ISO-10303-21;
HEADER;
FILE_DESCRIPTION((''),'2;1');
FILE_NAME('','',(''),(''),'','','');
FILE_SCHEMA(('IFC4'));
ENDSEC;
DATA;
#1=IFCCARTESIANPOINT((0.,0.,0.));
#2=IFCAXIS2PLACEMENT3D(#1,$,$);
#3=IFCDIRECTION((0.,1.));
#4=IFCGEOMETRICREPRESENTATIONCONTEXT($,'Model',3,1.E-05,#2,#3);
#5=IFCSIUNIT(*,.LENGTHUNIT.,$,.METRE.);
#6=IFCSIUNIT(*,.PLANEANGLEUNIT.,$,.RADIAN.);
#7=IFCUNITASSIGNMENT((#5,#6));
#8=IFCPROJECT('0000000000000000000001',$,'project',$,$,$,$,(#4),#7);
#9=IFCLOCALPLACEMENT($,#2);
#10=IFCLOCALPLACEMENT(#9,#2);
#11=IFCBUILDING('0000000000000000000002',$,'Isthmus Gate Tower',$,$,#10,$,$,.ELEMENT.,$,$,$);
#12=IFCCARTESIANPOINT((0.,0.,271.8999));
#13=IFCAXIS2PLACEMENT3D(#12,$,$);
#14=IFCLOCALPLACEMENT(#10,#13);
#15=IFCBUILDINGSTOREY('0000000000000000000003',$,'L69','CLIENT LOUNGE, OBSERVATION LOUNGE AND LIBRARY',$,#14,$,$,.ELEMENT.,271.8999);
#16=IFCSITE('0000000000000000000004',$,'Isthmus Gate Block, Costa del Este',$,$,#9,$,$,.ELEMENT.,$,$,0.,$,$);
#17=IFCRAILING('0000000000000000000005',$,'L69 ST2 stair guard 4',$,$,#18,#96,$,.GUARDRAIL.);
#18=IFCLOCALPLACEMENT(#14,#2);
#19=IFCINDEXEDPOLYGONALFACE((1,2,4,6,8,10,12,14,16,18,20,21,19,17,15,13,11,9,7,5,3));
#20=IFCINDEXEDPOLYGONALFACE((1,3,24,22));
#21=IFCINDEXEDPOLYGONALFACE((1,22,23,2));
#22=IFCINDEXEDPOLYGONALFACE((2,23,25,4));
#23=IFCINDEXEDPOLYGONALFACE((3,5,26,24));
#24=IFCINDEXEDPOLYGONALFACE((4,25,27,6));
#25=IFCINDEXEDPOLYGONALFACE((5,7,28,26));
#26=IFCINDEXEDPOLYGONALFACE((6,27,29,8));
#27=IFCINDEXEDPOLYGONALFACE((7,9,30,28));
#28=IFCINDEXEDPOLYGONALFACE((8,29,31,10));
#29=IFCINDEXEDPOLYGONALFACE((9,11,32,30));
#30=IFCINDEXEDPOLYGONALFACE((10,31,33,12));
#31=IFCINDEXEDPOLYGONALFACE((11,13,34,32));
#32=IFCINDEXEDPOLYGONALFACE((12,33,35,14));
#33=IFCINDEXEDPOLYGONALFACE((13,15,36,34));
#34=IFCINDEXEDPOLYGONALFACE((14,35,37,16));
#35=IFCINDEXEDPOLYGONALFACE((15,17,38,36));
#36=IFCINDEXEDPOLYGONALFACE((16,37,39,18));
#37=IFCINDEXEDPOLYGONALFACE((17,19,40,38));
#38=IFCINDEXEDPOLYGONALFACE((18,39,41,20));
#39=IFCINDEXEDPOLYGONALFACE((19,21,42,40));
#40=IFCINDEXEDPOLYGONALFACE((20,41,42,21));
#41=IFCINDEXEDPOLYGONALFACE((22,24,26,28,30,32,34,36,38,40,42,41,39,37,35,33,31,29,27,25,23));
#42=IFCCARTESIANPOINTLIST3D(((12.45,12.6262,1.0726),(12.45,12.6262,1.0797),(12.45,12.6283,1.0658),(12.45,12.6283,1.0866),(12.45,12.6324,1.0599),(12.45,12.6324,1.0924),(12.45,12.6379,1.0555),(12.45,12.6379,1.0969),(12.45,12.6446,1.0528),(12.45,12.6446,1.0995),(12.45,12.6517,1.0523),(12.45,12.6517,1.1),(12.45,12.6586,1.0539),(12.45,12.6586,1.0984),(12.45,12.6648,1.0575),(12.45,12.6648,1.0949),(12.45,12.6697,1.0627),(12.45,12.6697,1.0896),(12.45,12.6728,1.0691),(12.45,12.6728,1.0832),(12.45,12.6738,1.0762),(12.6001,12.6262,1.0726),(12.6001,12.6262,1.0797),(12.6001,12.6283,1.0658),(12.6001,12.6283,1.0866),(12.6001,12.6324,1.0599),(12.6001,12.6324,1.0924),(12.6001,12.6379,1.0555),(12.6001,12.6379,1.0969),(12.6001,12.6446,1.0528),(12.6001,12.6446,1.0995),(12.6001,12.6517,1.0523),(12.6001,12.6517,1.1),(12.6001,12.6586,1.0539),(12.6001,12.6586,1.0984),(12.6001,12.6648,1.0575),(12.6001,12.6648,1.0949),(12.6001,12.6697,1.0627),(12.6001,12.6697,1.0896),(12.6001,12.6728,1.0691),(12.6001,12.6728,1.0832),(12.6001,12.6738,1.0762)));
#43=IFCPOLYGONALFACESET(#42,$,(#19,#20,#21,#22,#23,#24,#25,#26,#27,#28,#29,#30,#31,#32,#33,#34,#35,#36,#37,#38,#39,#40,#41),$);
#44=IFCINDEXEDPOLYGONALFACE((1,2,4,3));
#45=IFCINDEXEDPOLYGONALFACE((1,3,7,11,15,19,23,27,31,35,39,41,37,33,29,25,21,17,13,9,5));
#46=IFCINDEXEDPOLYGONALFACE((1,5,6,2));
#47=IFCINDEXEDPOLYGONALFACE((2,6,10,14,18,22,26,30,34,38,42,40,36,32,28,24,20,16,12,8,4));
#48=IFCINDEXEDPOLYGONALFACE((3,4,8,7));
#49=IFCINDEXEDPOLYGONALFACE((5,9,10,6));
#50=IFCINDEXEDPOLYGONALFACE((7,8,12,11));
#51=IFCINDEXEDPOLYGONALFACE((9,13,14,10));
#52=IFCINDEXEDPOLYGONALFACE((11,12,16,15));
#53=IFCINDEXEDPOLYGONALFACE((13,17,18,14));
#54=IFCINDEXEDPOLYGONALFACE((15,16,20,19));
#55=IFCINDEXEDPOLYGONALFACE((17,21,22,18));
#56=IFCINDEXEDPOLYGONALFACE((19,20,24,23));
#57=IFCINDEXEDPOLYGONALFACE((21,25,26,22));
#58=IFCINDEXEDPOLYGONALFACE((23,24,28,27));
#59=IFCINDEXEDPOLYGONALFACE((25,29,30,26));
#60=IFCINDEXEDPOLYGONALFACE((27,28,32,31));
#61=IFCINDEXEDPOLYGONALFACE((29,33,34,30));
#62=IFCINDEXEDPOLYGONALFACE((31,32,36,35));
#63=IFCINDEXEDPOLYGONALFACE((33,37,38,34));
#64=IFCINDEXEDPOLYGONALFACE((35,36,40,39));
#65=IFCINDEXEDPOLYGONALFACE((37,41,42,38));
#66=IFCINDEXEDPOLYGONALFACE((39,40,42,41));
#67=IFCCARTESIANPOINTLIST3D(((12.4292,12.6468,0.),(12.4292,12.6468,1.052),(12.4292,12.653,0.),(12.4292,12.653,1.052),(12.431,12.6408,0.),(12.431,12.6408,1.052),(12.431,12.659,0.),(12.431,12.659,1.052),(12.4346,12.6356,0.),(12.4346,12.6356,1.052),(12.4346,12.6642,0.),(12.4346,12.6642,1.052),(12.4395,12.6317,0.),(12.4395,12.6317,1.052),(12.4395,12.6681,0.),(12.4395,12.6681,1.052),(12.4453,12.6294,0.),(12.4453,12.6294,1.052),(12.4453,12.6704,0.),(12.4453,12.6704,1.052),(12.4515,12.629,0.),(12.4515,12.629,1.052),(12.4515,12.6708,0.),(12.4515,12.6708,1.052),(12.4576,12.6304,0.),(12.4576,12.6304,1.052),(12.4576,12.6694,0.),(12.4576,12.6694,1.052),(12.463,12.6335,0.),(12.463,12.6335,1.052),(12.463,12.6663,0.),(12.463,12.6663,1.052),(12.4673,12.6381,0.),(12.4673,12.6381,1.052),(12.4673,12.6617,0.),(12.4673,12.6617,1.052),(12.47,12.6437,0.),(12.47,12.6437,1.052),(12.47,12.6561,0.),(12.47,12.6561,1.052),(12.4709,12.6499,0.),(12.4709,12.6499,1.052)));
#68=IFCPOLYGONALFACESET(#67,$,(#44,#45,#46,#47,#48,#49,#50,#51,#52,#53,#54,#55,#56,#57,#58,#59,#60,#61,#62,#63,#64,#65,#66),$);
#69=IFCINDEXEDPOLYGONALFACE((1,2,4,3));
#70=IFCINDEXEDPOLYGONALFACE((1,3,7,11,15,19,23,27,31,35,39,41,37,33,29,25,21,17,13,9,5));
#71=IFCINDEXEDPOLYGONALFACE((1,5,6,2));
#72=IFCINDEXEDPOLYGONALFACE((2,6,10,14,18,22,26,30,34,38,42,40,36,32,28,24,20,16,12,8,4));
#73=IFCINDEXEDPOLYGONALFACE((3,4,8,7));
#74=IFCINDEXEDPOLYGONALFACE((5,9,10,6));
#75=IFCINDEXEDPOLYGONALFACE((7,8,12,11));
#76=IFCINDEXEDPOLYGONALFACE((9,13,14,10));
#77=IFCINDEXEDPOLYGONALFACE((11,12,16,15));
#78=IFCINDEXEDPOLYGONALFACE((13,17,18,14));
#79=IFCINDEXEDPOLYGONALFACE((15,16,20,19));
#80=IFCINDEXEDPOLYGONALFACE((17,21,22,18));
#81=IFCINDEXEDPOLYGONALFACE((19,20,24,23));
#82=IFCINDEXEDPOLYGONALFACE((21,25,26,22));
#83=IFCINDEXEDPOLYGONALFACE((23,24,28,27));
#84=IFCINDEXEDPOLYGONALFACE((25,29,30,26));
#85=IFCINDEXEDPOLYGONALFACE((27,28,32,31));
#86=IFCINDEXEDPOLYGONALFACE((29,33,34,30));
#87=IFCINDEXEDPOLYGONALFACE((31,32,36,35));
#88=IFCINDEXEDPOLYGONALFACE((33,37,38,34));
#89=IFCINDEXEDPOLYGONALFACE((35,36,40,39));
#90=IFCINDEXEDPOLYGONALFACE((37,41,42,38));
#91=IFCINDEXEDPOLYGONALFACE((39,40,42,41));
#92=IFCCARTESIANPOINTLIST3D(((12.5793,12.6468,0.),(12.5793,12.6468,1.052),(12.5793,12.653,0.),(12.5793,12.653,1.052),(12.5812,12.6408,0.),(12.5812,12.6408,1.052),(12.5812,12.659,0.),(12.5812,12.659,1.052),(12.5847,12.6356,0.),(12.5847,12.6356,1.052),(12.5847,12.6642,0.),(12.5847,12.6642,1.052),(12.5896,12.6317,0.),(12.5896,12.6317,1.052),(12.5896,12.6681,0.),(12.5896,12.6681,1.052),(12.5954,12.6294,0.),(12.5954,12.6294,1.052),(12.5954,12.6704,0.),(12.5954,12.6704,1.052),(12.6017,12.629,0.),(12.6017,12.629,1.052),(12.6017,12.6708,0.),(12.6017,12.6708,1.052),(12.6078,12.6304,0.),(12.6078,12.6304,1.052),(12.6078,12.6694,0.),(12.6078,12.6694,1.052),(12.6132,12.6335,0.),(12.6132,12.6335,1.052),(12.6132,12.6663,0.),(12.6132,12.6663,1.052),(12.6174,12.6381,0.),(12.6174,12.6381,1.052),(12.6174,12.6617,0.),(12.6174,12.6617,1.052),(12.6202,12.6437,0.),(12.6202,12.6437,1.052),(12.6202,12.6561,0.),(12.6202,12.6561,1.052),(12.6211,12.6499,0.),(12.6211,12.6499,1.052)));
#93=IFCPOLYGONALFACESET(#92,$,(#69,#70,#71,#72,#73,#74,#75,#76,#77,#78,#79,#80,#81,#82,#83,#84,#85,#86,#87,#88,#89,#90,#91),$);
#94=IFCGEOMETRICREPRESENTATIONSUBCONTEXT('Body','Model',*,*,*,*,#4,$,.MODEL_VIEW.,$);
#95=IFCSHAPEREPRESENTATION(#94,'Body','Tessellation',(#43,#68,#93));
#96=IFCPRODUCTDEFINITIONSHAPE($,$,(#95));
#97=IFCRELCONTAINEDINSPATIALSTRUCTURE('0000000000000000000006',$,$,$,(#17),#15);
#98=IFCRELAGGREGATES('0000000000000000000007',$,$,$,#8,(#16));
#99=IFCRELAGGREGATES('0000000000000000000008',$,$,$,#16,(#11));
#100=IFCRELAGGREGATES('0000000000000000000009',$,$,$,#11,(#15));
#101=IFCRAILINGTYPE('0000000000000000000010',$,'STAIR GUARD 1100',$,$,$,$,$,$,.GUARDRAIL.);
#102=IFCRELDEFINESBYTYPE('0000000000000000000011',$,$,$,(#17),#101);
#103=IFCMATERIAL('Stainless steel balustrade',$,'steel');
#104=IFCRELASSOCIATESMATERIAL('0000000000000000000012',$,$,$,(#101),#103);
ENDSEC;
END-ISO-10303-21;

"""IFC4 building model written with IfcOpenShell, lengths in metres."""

from ifc_helpers import new_model, si_unit, direction, frame, origin, origin_2d, place, context, subcontext, project, spatial, circle, extrude, material, type_object, element, save


model = new_model("IFC4")

# Units and contexts
model_context = context("Model", 3, precision=1e-05, world=origin(), true_north=direction((0.0, 1.0)))
body_context = subcontext(model_context, "Body", "Model", "MODEL_VIEW")
ifc_project = project(units=[si_unit("LENGTHUNIT", "METRE"), si_unit("PLANEANGLEUNIT", "RADIAN")], contexts=[model_context])

# Site, building, storey
site_placement = place(None, origin())
site = spatial("IfcSite", under=ifc_project, at=site_placement, Name="Isthmus Gate Block, Costa del Este", CompositionType="ELEMENT", RefElevation=0.0)
building_placement = place(site_placement, origin())
building = spatial("IfcBuilding", under=site, at=building_placement, Name="Isthmus Gate Tower", CompositionType="ELEMENT")
storey_placement = place(building_placement, frame((0.0, 0.0, 271.8999)))
storey = spatial("IfcBuildingStorey", under=building, at=storey_placement, Name="L69", Description="CLIENT LOUNGE, OBSERVATION LOUNGE AND LIBRARY", CompositionType="ELEMENT", Elevation=271.8999)

# Railing
ifc_material_1 = material(Name="Stainless steel balustrade", Category="steel")
railing_type_1 = type_object("IfcRailingType", Name="STAIR GUARD 1100", PredefinedType="GUARDRAIL", material=ifc_material_1)
railing_1_placement = place(storey_placement, frame((12.45, 12.6499, 0.0)))
element("IfcRailing", 1, at=railing_1_placement, inside=storey, type_object=railing_type_1, Name="L69 ST2 stair guard 4", PredefinedType="GUARDRAIL", context=body_context, shape_type="SweptSolid", body=[
    extrude(circle(Radius=0.0239, at=origin_2d()), frame((0.0, 0.0, 1.0762), z_axis=(1.0, 0.0, 0.0), x_axis=(0.0, 1.0, 0.0)), (0.0, 0.0, 1.0), 0.1501),
    extrude(circle(Radius=0.021, at=origin_2d()), origin(), (0.0, 0.0, 1.0), 1.052),
    extrude(circle(Radius=0.021, at=origin_2d()), frame((0.1501, 0.0, 0.0)), (0.0, 0.0, 1.0), 1.052),
])

save(model, "model.ifc")
